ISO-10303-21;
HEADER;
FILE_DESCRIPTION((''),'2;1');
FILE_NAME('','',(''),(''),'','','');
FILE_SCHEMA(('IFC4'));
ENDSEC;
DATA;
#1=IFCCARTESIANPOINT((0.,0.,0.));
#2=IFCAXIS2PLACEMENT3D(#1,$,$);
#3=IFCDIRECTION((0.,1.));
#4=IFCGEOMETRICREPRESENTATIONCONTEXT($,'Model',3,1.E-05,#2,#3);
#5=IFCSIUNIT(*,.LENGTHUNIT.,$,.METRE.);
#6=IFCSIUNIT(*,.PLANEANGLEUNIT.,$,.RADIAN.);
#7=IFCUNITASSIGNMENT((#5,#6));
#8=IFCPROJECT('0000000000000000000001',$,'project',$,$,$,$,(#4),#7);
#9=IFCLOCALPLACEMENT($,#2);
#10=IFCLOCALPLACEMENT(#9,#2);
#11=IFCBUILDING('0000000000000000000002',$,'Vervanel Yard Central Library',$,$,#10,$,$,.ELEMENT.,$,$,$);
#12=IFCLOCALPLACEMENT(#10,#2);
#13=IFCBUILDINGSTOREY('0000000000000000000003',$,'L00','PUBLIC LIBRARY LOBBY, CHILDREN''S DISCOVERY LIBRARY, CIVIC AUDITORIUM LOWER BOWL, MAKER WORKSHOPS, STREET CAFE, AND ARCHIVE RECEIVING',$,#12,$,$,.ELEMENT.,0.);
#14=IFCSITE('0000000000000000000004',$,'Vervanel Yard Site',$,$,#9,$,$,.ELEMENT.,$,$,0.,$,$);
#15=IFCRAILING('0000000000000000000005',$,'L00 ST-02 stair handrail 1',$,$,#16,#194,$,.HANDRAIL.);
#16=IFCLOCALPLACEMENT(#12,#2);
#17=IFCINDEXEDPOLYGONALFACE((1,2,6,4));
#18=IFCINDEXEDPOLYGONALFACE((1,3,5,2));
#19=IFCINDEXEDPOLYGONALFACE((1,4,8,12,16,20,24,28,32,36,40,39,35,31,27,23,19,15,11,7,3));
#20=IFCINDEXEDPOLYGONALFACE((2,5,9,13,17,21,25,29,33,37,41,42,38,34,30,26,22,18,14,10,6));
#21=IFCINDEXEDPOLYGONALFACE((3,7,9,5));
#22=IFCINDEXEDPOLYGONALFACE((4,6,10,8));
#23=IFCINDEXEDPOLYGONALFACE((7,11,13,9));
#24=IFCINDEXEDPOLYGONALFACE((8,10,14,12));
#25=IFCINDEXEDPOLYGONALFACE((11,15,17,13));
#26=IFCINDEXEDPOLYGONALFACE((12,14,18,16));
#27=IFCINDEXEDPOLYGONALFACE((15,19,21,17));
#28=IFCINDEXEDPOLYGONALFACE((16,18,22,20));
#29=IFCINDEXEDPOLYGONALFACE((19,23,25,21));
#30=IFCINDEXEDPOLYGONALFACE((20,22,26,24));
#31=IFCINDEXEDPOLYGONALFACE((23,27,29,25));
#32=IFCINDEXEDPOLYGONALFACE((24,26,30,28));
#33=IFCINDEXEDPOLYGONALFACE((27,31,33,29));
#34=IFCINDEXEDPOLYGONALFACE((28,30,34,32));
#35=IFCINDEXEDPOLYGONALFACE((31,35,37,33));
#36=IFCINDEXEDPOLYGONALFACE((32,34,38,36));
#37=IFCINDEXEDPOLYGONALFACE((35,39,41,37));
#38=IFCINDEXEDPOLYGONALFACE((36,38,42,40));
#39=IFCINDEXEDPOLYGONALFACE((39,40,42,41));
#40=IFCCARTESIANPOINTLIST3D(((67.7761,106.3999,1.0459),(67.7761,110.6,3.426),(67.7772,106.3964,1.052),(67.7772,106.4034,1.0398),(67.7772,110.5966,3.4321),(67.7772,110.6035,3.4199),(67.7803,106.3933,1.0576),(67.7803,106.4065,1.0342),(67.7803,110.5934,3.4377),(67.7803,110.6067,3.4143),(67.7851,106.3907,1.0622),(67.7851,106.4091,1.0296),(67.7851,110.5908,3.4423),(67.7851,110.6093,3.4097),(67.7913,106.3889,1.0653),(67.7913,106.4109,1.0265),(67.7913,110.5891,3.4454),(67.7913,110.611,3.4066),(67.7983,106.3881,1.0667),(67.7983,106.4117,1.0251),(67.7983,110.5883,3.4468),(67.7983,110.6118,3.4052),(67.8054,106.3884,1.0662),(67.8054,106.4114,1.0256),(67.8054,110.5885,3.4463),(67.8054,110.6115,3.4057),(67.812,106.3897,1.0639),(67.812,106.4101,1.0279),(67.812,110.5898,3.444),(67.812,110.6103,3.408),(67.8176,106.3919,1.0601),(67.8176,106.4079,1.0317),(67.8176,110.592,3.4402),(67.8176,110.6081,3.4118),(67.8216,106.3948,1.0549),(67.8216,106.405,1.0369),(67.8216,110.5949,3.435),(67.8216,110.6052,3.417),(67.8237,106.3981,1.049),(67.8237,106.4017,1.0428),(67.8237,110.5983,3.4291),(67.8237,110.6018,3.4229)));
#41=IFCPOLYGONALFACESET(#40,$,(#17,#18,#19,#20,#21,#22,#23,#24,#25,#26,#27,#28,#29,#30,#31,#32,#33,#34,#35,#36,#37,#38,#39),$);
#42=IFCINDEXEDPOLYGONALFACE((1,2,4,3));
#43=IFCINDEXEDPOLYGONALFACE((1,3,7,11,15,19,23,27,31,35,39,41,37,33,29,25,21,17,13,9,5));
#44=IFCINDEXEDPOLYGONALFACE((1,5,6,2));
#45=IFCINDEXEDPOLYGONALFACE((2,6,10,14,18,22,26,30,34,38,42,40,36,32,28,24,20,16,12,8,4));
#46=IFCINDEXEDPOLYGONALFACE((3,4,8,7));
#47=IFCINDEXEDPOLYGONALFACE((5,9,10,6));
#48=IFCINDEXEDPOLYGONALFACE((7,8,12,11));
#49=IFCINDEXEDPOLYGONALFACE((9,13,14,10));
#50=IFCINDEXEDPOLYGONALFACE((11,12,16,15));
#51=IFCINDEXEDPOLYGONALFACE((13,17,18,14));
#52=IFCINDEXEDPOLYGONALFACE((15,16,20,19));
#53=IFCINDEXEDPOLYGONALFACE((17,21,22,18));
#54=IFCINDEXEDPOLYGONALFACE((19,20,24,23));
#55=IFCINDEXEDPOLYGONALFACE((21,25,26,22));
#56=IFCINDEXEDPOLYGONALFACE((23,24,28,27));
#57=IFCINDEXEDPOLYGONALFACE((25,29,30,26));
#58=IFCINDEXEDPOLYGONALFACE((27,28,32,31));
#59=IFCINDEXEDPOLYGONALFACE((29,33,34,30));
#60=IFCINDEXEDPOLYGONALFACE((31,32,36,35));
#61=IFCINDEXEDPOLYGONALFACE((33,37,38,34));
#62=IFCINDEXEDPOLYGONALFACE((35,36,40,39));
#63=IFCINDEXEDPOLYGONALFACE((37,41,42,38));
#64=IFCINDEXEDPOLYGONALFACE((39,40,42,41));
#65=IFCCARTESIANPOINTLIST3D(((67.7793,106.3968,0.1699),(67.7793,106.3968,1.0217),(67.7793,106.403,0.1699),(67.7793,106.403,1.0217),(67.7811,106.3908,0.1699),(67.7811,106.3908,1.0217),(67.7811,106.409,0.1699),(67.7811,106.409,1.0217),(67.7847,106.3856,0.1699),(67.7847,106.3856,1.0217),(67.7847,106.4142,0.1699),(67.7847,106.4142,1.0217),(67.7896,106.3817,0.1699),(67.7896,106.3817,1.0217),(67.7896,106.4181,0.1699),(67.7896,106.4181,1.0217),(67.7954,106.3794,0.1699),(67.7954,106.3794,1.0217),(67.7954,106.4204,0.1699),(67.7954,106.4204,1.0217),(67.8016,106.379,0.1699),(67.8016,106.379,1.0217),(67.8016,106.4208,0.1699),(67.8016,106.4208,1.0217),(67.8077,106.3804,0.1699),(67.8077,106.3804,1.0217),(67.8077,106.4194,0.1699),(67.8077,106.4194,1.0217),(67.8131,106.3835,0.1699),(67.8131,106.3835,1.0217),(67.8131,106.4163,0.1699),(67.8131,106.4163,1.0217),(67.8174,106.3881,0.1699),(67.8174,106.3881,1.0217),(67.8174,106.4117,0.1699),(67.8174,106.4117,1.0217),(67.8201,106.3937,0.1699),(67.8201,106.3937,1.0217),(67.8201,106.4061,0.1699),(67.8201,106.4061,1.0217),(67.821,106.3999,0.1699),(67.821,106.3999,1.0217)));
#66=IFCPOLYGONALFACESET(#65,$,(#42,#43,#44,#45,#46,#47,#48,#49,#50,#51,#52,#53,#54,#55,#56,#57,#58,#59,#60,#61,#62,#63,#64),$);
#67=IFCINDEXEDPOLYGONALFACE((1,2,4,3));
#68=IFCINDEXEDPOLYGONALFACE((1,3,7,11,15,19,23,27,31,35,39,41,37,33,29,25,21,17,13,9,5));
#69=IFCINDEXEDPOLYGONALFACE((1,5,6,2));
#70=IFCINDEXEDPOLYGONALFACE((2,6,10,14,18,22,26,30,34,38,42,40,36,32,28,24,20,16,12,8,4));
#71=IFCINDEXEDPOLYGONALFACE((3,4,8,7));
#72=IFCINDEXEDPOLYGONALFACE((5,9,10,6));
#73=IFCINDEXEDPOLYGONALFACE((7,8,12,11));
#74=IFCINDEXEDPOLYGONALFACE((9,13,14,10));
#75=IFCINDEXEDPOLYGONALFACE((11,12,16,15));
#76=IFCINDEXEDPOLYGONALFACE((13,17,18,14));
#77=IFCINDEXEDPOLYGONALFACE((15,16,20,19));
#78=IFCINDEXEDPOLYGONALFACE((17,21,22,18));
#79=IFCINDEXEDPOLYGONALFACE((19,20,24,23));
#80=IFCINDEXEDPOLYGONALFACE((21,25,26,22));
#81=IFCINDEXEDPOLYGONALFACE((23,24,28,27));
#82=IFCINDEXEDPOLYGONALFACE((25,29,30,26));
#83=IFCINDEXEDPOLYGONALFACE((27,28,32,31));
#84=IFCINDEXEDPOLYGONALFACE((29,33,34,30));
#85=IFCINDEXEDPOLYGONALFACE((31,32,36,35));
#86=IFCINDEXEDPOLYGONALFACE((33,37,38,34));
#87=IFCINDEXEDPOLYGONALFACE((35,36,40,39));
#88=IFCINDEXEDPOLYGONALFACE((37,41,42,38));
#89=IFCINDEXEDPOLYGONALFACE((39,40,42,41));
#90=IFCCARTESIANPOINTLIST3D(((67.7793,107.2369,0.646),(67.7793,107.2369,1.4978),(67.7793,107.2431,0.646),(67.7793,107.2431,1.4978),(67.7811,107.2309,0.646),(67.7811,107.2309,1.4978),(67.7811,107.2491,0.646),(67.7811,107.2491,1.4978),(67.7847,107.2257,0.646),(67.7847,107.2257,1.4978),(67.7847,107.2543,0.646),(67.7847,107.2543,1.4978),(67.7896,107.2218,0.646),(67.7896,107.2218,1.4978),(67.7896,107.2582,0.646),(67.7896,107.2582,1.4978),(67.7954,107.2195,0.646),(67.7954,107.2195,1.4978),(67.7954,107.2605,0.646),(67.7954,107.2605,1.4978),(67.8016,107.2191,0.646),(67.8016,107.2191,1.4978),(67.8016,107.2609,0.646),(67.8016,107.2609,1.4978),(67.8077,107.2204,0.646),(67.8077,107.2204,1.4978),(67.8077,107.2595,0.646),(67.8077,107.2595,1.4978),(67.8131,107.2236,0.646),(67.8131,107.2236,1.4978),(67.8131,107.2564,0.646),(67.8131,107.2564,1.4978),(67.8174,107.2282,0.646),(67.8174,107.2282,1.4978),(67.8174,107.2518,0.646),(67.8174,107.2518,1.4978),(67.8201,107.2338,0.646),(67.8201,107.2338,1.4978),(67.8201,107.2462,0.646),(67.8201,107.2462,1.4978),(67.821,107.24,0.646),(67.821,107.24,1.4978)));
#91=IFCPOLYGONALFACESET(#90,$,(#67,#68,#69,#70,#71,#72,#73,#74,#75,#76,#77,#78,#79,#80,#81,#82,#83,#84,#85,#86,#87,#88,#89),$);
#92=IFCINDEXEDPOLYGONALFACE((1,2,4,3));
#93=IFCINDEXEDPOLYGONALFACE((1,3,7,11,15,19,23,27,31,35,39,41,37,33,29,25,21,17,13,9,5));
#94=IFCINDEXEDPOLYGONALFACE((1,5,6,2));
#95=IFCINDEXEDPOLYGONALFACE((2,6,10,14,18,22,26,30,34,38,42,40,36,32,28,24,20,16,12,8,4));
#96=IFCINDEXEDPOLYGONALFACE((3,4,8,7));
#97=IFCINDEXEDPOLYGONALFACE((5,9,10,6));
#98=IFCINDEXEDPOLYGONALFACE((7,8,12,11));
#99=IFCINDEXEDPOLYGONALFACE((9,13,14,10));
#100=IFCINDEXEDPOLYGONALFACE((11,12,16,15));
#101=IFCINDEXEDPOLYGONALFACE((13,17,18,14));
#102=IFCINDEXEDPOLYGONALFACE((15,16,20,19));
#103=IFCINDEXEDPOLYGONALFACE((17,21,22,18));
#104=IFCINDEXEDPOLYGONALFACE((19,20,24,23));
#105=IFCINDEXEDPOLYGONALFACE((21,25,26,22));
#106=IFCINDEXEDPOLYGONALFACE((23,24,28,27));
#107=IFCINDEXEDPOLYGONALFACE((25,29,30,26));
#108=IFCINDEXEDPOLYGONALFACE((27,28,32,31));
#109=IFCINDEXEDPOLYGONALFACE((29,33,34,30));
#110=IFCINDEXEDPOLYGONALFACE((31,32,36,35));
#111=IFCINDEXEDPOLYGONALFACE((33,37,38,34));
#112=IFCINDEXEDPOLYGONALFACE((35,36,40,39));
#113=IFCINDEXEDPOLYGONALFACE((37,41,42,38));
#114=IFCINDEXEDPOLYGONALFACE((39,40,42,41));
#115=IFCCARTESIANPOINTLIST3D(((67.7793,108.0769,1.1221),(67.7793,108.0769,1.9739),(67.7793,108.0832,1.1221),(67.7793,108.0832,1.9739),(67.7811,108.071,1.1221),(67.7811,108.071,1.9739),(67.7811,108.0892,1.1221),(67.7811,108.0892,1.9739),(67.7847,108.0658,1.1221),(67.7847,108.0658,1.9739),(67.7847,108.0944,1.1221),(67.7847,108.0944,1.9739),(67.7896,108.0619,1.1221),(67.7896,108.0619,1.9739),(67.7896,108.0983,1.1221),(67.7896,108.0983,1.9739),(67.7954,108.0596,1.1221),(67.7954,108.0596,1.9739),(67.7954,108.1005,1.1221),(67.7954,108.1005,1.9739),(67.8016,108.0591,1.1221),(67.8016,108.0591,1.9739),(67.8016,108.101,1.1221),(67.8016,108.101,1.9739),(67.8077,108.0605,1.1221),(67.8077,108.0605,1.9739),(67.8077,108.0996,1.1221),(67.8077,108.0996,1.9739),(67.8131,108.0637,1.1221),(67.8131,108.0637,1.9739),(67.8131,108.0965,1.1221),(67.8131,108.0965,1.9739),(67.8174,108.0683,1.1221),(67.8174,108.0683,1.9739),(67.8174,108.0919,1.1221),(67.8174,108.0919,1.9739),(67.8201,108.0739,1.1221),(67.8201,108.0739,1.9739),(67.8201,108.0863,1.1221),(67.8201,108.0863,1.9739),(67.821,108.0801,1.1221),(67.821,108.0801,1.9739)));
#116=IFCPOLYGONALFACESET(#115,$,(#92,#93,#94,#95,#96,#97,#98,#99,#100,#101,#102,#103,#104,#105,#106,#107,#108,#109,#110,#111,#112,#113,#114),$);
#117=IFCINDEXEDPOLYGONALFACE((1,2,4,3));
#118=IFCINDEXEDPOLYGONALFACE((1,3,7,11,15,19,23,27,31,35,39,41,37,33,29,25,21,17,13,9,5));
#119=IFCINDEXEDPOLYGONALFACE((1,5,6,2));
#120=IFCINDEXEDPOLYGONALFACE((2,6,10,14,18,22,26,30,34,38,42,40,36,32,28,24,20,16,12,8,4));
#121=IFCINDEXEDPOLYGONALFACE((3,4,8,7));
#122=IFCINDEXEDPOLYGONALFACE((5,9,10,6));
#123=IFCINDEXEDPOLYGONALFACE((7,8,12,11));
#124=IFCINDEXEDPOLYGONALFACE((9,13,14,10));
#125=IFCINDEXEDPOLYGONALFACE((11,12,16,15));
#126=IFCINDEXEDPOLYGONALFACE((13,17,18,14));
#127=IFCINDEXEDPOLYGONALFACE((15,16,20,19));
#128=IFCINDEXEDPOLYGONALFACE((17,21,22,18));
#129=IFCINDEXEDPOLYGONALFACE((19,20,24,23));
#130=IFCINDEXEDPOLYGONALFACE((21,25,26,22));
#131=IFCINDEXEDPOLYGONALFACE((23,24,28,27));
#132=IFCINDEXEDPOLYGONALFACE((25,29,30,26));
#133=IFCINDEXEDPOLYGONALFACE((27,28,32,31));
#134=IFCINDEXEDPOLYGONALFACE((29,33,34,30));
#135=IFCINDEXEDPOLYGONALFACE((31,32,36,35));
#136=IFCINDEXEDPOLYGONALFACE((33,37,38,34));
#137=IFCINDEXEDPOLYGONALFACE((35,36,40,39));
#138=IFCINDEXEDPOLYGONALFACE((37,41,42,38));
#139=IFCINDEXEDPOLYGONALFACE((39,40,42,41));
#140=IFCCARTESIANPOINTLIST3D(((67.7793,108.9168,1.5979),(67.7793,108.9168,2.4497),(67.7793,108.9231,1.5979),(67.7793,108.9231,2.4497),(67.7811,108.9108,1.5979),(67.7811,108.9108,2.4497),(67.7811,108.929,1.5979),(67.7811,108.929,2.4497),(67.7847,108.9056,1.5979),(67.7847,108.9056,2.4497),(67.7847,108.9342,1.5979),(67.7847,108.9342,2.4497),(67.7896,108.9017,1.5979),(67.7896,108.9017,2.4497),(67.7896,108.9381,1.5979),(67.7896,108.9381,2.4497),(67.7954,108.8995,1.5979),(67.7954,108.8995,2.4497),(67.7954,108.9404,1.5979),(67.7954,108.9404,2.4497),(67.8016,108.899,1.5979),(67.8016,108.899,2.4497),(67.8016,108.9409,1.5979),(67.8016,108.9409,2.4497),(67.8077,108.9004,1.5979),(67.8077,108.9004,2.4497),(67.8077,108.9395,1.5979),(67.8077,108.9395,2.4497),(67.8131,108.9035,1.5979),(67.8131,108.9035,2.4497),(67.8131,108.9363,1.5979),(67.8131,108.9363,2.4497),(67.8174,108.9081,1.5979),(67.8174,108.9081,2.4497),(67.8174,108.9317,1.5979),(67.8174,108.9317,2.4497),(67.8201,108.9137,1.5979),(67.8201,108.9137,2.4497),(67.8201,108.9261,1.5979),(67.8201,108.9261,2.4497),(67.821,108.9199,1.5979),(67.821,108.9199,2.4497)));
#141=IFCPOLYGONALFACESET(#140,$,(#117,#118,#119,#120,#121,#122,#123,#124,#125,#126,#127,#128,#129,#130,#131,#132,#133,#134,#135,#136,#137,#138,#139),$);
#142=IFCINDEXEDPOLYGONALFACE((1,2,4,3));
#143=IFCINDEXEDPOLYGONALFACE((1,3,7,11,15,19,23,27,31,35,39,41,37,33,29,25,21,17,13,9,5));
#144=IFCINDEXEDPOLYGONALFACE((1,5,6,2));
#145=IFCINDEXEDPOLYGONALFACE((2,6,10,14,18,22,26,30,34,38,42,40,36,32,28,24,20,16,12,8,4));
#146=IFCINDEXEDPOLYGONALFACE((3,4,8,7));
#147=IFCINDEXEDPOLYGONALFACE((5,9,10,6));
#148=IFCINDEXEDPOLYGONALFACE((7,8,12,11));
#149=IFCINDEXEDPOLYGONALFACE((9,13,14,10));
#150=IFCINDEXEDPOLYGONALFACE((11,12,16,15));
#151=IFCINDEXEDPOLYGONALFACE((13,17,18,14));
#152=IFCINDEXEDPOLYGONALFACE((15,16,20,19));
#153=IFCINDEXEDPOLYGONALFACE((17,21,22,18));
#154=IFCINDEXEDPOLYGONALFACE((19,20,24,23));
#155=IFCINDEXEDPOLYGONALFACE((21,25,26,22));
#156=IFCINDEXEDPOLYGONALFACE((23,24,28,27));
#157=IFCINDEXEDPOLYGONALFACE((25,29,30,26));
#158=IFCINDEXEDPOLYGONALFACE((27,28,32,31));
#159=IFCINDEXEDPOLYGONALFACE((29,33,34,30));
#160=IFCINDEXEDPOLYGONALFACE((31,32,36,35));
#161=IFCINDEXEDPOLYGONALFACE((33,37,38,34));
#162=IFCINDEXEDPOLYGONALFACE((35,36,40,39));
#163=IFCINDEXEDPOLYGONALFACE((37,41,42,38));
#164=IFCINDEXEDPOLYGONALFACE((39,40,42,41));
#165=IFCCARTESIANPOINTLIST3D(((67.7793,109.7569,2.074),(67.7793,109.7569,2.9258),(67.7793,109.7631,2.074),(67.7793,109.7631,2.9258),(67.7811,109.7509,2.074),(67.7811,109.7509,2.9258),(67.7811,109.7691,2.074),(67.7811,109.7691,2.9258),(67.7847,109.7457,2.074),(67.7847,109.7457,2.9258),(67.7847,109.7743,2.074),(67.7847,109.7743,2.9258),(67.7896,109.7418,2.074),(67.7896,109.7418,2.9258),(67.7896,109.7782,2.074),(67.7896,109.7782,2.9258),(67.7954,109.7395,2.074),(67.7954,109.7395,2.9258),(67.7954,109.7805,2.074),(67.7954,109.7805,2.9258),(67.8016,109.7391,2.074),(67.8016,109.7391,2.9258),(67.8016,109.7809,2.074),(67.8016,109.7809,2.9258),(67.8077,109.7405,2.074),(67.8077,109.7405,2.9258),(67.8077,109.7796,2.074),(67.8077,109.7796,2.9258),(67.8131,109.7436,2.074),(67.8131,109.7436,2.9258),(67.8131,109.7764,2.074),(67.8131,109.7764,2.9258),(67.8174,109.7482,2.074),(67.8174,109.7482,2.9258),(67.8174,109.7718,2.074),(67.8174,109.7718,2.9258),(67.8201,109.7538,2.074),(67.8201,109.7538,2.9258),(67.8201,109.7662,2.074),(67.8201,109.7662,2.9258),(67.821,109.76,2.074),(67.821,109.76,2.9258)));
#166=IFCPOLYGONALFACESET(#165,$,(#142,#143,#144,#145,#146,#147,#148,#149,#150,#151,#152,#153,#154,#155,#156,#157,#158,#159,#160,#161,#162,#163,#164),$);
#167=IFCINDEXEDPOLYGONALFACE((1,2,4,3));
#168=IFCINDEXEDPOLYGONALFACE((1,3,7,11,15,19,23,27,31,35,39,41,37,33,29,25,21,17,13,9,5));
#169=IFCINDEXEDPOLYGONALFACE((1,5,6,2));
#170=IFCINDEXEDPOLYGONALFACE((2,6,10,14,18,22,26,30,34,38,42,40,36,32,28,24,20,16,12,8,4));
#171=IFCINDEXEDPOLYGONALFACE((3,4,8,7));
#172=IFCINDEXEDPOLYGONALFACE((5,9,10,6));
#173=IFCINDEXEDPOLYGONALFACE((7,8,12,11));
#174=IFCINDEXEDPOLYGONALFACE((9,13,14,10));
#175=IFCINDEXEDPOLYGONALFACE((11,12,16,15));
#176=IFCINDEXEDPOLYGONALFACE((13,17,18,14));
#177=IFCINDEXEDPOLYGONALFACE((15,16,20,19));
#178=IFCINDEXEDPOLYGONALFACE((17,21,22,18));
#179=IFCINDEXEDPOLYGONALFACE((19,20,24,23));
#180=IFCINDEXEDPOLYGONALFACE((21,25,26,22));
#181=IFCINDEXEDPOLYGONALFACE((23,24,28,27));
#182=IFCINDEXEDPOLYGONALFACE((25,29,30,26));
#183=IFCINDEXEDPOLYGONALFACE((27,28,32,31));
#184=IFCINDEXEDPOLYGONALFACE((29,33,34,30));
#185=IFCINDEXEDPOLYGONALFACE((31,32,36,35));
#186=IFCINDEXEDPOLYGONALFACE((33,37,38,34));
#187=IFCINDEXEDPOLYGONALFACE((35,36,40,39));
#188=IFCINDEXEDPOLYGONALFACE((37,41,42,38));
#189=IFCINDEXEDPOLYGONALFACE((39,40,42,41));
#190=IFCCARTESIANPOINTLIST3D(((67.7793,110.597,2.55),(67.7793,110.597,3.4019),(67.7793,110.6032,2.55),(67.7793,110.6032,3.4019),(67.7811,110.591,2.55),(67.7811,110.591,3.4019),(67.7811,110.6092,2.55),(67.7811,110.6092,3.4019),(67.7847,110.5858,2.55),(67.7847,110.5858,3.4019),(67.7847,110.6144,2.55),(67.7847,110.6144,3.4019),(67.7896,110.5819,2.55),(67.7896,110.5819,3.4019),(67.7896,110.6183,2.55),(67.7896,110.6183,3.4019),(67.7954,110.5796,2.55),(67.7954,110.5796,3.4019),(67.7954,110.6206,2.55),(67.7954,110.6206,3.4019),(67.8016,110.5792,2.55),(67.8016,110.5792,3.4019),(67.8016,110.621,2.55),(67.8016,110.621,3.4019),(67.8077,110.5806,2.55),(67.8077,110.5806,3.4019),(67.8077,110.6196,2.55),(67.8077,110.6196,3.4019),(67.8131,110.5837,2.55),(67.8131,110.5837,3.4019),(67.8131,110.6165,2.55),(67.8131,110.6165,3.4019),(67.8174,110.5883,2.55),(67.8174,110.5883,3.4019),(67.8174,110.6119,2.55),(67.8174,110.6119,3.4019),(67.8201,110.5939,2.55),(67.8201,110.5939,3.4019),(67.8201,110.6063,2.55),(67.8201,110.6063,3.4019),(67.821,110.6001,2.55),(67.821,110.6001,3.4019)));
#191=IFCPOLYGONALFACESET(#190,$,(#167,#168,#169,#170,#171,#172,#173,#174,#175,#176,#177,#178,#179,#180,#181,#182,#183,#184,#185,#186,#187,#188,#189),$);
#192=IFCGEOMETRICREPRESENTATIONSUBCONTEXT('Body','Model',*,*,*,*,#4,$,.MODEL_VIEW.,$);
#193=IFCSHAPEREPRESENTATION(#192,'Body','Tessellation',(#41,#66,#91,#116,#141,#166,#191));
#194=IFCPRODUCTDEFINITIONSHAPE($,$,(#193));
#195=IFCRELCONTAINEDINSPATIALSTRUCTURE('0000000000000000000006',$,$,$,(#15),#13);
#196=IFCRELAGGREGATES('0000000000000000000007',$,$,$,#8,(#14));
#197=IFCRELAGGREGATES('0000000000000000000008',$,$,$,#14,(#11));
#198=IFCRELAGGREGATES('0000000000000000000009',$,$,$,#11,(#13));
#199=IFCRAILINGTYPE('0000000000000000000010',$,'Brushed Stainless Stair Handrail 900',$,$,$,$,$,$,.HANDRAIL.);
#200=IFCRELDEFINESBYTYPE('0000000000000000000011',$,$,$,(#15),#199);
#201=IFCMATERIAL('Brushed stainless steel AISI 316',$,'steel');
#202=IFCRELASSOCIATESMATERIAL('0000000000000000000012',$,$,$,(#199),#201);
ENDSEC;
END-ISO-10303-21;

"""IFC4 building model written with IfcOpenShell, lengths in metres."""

from ifc_helpers import new_model, si_unit, direction, frame, origin, origin_2d, place, context, subcontext, project, spatial, circle, extrude, material, type_object, element, save


model = new_model("IFC4")

# Units and contexts
model_context = context("Model", 3, precision=1e-05, world=origin(), true_north=direction((0.0, 1.0)))
body_context = subcontext(model_context, "Body", "Model", "MODEL_VIEW")
ifc_project = project(units=[si_unit("LENGTHUNIT", "METRE"), si_unit("PLANEANGLEUNIT", "RADIAN")], contexts=[model_context])

# Site, building, storey
site_placement = place(None, origin())
site = spatial("IfcSite", under=ifc_project, at=site_placement, Name="Vervanel Yard Site", CompositionType="ELEMENT", RefElevation=0.0)
building_placement = place(site_placement, origin())
building = spatial("IfcBuilding", under=site, at=building_placement, Name="Vervanel Yard Central Library", CompositionType="ELEMENT")
storey_placement = place(building_placement, origin())
storey = spatial("IfcBuildingStorey", under=building, at=storey_placement, Name="L00", Description="PUBLIC LIBRARY LOBBY, CHILDREN'S DISCOVERY LIBRARY, CIVIC AUDITORIUM LOWER BOWL, MAKER WORKSHOPS, STREET CAFE, AND ARCHIVE RECEIVING", CompositionType="ELEMENT", Elevation=0.0)

# Railing
ifc_material_1 = material(Name="Brushed stainless steel AISI 316", Category="steel")
railing_type_1 = type_object("IfcRailingType", Name="Brushed Stainless Stair Handrail 900", PredefinedType="HANDRAIL", material=ifc_material_1)
railing_1_placement = place(storey_placement, frame((67.8, 106.3999, 0.1699)))
element("IfcRailing", 1, at=railing_1_placement, inside=storey, type_object=railing_type_1, Name="L00 ST-02 stair handrail 1", PredefinedType="HANDRAIL", context=body_context, shape_type="SweptSolid", body=[
    extrude(circle(Radius=0.0239, at=origin_2d()), frame((0.0, 0.0, 0.876), z_axis=(0.0, 0.870021, 0.493015), x_axis=(-1.0, 0.0, 0.0)), (0.0, 0.0, 1.0), 4.8276),
    extrude(circle(Radius=0.021, at=origin_2d()), origin(), (0.0, 0.0, 1.0), 0.8518),
    extrude(circle(Radius=0.021, at=origin_2d()), frame((0.0, 0.8401, 0.4761)), (0.0, 0.0, 1.0), 0.8518),
    extrude(circle(Radius=0.021, at=origin_2d()), frame((0.0, 1.6802, 0.9521)), (0.0, 0.0, 1.0), 0.8518),
    extrude(circle(Radius=0.021, at=origin_2d()), frame((0.0, 2.52, 1.428)), (0.0, 0.0, 1.0), 0.8518),
    extrude(circle(Radius=0.021, at=origin_2d()), frame((0.0, 3.3601, 1.9041)), (0.0, 0.0, 1.0), 0.8518),
    extrude(circle(Radius=0.021, at=origin_2d()), frame((0.0, 4.2002, 2.3801)), (0.0, 0.0, 1.0), 0.8518),
])

save(model, "model.ifc")
